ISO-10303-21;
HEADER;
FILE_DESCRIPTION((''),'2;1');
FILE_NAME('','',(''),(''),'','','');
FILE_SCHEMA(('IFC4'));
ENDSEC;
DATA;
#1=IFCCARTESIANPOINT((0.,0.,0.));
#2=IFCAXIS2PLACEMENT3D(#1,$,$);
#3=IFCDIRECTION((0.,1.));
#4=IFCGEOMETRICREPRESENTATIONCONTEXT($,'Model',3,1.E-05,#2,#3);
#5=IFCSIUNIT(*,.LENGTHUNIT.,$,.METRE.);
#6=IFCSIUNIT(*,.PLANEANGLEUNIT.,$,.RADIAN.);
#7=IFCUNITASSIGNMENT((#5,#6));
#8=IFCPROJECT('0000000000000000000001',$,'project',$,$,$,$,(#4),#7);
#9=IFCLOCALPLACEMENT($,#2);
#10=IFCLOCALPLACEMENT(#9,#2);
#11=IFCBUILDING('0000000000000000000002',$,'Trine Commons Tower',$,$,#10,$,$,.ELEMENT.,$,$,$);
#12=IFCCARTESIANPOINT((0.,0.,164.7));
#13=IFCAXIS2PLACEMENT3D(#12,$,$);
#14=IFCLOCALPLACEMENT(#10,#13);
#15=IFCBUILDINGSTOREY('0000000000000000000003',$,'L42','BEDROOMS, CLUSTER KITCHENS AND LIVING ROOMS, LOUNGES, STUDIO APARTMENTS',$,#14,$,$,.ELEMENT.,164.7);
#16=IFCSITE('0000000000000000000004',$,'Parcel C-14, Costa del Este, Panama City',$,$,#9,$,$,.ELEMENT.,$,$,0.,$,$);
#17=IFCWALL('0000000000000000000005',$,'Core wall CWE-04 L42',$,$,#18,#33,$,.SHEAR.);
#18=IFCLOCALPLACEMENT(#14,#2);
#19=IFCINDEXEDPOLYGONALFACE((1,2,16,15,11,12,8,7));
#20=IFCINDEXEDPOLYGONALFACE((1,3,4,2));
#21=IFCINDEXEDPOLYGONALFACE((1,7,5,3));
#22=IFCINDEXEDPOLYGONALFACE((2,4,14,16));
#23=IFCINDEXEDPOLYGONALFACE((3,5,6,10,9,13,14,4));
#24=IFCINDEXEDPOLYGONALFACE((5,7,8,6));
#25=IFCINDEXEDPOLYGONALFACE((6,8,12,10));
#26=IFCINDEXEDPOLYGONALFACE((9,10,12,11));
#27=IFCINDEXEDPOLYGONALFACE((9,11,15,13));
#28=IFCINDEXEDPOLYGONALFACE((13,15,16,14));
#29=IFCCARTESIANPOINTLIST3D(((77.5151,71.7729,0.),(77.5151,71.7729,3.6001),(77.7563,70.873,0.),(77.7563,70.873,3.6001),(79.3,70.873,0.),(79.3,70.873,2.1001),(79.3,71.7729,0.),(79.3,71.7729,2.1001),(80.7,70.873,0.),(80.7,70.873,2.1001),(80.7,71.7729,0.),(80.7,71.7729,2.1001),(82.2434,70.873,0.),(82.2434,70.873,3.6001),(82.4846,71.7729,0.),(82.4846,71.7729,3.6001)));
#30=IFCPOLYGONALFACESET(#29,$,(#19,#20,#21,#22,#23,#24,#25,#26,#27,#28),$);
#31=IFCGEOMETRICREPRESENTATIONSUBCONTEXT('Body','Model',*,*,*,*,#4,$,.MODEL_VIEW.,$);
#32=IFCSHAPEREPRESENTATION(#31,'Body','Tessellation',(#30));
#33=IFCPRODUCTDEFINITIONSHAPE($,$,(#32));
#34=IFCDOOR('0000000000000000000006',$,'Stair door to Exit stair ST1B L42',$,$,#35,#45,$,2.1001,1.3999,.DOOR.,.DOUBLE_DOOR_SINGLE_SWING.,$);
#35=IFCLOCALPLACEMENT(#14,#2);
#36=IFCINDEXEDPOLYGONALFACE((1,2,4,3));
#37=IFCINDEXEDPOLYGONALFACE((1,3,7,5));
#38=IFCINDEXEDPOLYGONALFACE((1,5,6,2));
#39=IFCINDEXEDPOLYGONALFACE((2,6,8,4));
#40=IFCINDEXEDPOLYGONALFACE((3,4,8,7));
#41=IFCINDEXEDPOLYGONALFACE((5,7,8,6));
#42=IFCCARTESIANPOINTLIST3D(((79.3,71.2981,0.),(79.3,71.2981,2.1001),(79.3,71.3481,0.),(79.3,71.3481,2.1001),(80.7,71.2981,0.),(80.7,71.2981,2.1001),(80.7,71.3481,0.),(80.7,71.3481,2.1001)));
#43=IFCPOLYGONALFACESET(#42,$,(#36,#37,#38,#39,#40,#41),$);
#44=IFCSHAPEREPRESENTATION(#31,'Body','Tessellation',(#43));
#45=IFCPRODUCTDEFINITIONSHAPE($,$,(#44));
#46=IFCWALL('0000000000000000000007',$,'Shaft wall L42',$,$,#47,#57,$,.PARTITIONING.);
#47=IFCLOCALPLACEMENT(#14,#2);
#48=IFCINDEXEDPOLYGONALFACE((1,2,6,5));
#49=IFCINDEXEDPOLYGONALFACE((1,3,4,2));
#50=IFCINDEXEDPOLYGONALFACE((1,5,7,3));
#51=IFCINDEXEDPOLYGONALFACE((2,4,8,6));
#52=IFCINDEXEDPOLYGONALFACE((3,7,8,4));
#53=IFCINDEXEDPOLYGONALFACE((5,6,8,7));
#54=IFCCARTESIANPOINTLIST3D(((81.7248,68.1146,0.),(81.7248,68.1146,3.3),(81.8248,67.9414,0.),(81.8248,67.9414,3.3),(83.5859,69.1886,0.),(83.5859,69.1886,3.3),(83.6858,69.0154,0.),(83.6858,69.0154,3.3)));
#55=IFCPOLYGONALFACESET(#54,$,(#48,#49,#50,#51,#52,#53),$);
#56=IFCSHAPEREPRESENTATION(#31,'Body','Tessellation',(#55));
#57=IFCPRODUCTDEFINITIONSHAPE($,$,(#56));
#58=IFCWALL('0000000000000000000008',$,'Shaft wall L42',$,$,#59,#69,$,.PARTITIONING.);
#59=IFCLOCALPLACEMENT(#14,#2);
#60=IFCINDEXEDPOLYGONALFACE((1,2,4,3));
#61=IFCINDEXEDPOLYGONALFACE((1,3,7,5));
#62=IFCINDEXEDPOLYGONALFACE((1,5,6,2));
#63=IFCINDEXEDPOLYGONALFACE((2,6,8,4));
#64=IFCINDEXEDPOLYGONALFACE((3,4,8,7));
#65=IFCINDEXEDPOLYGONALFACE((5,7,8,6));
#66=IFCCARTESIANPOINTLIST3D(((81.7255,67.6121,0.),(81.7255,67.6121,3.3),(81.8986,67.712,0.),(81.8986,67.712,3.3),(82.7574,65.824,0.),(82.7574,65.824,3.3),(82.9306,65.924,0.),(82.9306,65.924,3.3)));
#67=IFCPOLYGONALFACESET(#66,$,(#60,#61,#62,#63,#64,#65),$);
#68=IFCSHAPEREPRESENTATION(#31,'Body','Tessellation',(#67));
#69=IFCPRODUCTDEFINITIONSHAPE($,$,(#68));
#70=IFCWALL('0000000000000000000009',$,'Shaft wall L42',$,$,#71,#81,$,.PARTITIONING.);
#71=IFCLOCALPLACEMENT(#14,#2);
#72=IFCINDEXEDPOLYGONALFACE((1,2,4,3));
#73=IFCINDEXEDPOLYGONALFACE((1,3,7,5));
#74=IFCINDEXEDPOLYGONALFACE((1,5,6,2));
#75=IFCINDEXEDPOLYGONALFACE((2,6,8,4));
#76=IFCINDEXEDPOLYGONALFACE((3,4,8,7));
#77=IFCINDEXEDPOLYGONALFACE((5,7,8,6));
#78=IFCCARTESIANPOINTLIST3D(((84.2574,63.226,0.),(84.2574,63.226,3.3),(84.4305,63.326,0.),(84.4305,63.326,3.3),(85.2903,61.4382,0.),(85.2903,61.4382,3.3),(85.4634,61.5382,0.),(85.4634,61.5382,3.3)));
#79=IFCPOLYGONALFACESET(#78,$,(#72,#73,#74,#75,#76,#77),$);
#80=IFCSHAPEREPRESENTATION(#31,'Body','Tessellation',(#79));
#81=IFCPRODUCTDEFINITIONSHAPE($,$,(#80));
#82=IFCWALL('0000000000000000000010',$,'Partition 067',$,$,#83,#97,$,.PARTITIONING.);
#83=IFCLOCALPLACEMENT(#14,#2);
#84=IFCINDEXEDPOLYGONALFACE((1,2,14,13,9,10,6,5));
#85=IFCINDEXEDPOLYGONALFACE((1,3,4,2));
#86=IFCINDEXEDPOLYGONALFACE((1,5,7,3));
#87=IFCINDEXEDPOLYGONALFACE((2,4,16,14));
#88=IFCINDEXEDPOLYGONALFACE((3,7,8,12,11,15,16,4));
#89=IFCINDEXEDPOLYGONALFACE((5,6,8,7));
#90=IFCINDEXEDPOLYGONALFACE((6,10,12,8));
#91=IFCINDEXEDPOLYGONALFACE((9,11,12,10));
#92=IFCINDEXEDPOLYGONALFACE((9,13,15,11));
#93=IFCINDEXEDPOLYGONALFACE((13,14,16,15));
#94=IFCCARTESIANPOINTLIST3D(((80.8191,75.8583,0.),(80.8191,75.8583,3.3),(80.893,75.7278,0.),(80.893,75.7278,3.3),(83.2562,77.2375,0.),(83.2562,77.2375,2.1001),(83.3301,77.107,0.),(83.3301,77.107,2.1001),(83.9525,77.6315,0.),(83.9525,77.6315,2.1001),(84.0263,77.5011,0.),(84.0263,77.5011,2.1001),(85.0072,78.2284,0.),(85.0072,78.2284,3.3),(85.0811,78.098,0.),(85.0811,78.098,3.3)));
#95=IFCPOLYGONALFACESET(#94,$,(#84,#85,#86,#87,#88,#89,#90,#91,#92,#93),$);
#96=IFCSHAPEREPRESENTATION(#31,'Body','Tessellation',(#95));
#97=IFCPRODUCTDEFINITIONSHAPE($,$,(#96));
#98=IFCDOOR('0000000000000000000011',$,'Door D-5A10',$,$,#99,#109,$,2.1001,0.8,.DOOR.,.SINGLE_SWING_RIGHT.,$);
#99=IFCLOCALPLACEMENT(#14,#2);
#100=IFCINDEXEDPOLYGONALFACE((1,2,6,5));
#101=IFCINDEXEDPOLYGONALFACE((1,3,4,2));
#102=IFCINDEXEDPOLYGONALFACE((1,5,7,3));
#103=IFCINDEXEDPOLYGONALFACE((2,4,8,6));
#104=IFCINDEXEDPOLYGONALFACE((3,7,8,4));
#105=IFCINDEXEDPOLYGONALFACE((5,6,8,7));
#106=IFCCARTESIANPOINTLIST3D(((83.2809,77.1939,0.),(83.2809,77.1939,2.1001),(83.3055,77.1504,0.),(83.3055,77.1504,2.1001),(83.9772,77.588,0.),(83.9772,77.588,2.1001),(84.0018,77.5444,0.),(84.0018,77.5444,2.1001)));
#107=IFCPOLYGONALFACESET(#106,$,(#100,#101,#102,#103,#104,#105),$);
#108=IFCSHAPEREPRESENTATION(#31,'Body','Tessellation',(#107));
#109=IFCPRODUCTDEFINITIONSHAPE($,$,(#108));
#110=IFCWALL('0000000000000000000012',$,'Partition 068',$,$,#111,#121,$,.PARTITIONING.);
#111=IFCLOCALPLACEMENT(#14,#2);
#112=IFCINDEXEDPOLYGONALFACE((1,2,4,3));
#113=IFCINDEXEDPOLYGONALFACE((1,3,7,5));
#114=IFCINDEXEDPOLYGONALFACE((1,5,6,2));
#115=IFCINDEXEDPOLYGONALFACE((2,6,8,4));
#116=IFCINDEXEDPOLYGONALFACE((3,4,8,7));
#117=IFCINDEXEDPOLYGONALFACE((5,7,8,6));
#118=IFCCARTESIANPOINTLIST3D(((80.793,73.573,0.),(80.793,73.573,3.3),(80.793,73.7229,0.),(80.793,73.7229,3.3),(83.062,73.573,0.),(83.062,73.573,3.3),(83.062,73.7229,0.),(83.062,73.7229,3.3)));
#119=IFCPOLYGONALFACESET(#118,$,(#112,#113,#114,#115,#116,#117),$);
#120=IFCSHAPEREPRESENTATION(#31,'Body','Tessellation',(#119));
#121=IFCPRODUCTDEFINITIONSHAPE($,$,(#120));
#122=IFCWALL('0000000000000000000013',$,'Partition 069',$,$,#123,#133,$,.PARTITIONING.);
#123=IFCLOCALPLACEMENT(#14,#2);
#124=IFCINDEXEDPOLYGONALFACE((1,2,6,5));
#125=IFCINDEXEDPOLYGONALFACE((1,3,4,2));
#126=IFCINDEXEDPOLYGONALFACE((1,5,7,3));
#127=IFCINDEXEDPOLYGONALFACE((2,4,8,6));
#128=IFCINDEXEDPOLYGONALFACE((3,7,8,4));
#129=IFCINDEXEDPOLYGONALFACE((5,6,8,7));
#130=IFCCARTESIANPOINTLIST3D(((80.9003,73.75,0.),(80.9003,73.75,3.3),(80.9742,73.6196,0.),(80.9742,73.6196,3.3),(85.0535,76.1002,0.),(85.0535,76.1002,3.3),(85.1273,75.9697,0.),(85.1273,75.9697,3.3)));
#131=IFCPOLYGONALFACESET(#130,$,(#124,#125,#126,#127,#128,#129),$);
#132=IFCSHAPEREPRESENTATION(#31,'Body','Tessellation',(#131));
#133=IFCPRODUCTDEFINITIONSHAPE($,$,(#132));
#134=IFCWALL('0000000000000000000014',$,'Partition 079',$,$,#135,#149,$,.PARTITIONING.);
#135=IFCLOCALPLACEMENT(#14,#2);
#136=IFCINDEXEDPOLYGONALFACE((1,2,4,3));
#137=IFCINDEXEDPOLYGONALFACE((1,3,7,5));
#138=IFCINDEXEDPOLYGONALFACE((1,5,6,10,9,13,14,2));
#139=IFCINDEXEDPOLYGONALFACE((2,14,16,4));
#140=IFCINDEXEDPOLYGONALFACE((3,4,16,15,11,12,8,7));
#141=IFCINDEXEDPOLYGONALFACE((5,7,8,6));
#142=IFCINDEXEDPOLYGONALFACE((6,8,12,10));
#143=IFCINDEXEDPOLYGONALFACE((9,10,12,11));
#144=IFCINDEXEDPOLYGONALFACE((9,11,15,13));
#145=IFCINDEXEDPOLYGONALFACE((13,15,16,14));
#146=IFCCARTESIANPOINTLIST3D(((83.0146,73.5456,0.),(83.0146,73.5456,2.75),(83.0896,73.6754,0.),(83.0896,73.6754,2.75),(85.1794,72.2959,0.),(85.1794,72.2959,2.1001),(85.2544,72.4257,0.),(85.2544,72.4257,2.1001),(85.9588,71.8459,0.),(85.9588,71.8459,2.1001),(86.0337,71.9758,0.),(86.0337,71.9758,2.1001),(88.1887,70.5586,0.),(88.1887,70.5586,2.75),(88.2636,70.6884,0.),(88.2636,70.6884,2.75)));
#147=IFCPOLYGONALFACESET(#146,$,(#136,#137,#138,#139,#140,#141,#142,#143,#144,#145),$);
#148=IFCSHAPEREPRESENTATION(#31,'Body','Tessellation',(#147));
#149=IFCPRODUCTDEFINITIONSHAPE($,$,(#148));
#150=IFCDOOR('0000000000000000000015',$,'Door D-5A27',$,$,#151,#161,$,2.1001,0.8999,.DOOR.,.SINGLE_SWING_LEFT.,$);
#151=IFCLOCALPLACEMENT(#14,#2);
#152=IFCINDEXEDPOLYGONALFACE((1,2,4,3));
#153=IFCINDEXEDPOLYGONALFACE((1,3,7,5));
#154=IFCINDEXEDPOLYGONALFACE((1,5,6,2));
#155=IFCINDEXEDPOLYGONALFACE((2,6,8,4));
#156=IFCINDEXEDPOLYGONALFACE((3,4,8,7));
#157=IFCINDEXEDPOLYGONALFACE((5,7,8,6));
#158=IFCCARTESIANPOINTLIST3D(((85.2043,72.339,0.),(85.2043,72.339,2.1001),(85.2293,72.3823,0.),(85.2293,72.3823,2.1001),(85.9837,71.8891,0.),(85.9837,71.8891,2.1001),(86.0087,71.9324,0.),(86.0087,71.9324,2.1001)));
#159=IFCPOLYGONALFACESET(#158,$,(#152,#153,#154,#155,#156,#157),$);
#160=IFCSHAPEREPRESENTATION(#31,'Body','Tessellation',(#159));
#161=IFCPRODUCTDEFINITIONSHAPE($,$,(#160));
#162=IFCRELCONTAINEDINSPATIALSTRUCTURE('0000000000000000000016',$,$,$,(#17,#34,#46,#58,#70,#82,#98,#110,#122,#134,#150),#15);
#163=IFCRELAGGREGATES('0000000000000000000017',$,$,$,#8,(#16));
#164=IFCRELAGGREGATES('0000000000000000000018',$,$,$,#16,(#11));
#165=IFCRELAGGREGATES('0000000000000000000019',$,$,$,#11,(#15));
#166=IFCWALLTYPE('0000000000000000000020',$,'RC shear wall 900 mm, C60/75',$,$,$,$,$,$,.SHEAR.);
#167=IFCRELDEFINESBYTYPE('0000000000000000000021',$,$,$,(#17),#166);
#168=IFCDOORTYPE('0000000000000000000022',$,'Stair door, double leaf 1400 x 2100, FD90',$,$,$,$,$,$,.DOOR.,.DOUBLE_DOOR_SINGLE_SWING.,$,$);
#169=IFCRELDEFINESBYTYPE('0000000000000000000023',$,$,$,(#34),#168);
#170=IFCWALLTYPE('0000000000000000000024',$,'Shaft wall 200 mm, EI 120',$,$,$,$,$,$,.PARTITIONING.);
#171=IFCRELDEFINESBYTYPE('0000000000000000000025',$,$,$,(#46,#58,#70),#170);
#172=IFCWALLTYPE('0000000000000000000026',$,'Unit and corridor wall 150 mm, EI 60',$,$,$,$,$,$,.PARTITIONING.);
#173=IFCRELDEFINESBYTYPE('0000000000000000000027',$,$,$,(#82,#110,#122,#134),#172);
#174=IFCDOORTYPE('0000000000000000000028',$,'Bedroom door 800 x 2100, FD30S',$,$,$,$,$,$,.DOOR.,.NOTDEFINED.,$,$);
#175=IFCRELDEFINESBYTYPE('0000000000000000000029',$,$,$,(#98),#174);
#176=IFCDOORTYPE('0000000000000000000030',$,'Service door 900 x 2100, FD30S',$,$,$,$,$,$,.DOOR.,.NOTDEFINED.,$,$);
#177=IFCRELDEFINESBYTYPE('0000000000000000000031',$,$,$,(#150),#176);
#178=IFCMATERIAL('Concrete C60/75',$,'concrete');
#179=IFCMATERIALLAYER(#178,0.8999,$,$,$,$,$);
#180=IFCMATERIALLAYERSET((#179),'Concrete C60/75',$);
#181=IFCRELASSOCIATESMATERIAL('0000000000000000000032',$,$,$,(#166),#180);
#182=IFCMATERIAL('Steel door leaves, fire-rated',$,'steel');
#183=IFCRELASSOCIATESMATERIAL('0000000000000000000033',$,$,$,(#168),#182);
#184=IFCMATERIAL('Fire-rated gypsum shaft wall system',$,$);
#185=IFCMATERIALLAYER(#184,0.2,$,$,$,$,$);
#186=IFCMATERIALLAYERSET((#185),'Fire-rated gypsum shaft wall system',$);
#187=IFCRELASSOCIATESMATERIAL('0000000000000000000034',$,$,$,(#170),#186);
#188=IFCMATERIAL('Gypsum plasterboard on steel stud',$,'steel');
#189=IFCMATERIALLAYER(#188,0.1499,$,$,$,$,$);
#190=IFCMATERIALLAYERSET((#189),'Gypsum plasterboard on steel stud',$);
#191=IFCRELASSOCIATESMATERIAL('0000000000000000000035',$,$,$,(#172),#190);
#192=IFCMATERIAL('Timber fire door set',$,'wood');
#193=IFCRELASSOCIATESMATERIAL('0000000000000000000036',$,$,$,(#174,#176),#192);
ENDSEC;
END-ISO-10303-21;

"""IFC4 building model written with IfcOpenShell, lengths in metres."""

from ifc_helpers import new_model, si_unit, direction, frame, frame_2d, origin, place, context, subcontext, project, spatial, polyline, rectangle, outline, extrude, material, layer, layer_set, type_object, element, fill, save


model = new_model("IFC4")

# Units and contexts
model_context = context("Model", 3, precision=1e-05, world=origin(), true_north=direction((0.0, 1.0)))
body_context = subcontext(model_context, "Body", "Model", "MODEL_VIEW")
ifc_project = project(units=[si_unit("LENGTHUNIT", "METRE"), si_unit("PLANEANGLEUNIT", "RADIAN")], contexts=[model_context])

# Site, building, storey
site_placement = place(None, origin())
site = spatial("IfcSite", under=ifc_project, at=site_placement, Name="Parcel C-14, Costa del Este, Panama City", CompositionType="ELEMENT", RefElevation=0.0)
building_placement = place(site_placement, origin())
building = spatial("IfcBuilding", under=site, at=building_placement, Name="Trine Commons Tower", CompositionType="ELEMENT")
storey_placement = place(building_placement, frame((0.0, 0.0, 164.7)))
storey = spatial("IfcBuildingStorey", under=building, at=storey_placement, Name="L42", Description="BEDROOMS, CLUSTER KITCHENS AND LIVING ROOMS, LOUNGES, STUDIO APARTMENTS", CompositionType="ELEMENT", Elevation=164.7)

# Shared definitions
ifc_material_1 = material(Name="Fire-rated gypsum shaft wall system")
ifc_material_2 = material(Name="Concrete C60/75", Category="concrete")

# Wall, opening, door
ifc_layer_1 = layer(ifc_material_2, 0.8999)
ifc_layer_set_1 = layer_set([ifc_layer_1], Name="Concrete C60/75")
wall_type_1 = type_object("IfcWallType", Name="RC shear wall 900 mm, C60/75", PredefinedType="SHEAR", material=ifc_layer_set_1)
wall_1_placement = place(storey_placement, frame((82.4846, 71.323, 0.0), z_axis=(0.0, 0.0, 1.0), x_axis=(-1.0, 0.0, 0.0)))
wall_1 = element("IfcWall", 1, at=wall_1_placement, inside=storey, type_object=wall_type_1, Name="Core wall CWE-04 L42", PredefinedType="SHEAR", context=body_context, shape_type="SweptSolid", body=[
    extrude(outline(polyline([(0.0, -0.45), (4.9695, -0.45), (4.7283, 0.45), (0.2412, 0.45), (0.0, -0.45)])), origin(), (0.0, 0.0, 1.0), 3.6001),
])
opening_1_placement = place(wall_1_placement, frame((1.7847, 0.0, 0.0)))
opening_1 = element("IfcOpeningElement", 2, at=opening_1_placement, cuts=wall_1, PredefinedType="OPENING", context=body_context, shape_type="SweptSolid", body=[
    extrude(rectangle(XDim=1.3999, YDim=2.1001, at=frame_2d((0.7, 1.05))), frame((0.0, 0.46, 0.0), z_axis=(0.0, -1.0, 0.0), x_axis=(1.0, 0.0, 0.0)), (0.0, 0.0, 1.0), 0.9199),
])
ifc_material_3 = material(Name="Steel door leaves, fire-rated", Category="steel")
door_type_1 = type_object("IfcDoorType", Name="Stair door, double leaf 1400 x 2100, FD90", OperationType="DOUBLE_DOOR_SINGLE_SWING", PredefinedType="DOOR", material=ifc_material_3)
door_1_placement = place(opening_1_placement, origin())
door_1 = element("IfcDoor", 3, at=door_1_placement, inside=storey, type_object=door_type_1, Name="Stair door to Exit stair ST1B L42", OperationType="DOUBLE_DOOR_SINGLE_SWING", OverallHeight=2.1001, OverallWidth=1.3999, PredefinedType="DOOR", context=body_context, shape_type="SweptSolid", body=[
    extrude(rectangle(XDim=1.3999, YDim=2.1001, at=frame_2d((0.7, 1.05))), frame((0.0, 0.0249, 0.0), z_axis=(0.0, -1.0, 0.0), x_axis=(1.0, 0.0, 0.0)), (0.0, 0.0, 1.0), 0.05),
])
fill(opening_1, door_1)

# Walls
ifc_layer_2 = layer(ifc_material_1, 0.2)
ifc_layer_set_2 = layer_set([ifc_layer_2], Name="Fire-rated gypsum shaft wall system")
wall_type_2 = type_object("IfcWallType", Name="Shaft wall 200 mm, EI 120", PredefinedType="PARTITIONING", material=ifc_layer_set_2)
wall_2_placement = place(storey_placement, frame((81.7749, 68.0281, 0.0), z_axis=(0.0, 0.0, 1.0), x_axis=(0.866131, 0.499818, 0.0)))
element("IfcWall", 4, at=wall_2_placement, inside=storey, type_object=wall_type_2, Name="Shaft wall L42", PredefinedType="PARTITIONING", context=body_context, shape_type="SweptSolid", body=[
    extrude(rectangle(XDim=2.1487, YDim=0.2, at=frame_2d((1.0742, 0.0))), origin(), (0.0, 0.0, 1.0), 3.3),
])
wall_3_placement = place(storey_placement, frame((82.844, 65.874, 0.0), z_axis=(0.0, 0.0, 1.0), x_axis=(-0.499866, 0.866103, 0.0)))
element("IfcWall", 5, at=wall_3_placement, inside=storey, type_object=wall_type_2, Name="Shaft wall L42", PredefinedType="PARTITIONING", context=body_context, shape_type="SweptSolid", body=[
    extrude(rectangle(XDim=2.0645, YDim=0.2, at=frame_2d((1.0322, 0.0))), origin(), (0.0, 0.0, 1.0), 3.3),
])
wall_4_placement = place(storey_placement, frame((84.344, 63.2759, 0.0), z_axis=(0.0, 0.0, 1.0), x_axis=(0.500272, -0.865868, 0.0)))
element("IfcWall", 6, at=wall_4_placement, inside=storey, type_object=wall_type_2, Name="Shaft wall L42", PredefinedType="PARTITIONING", context=body_context, shape_type="SweptSolid", body=[
    extrude(rectangle(XDim=2.0647, YDim=0.2, at=frame_2d((1.0322, 0.0))), origin(), (0.0, 0.0, 1.0), 3.3),
])

# Wall, opening, door
ifc_material_4 = material(Name="Gypsum plasterboard on steel stud", Category="steel")
ifc_layer_3 = layer(ifc_material_4, 0.1499)
ifc_layer_set_3 = layer_set([ifc_layer_3], Name="Gypsum plasterboard on steel stud")
wall_type_3 = type_object("IfcWallType", Name="Unit and corridor wall 150 mm, EI 60", PredefinedType="PARTITIONING", material=ifc_layer_set_3)
wall_5_placement = place(storey_placement, frame((80.856, 75.793, 0.0), z_axis=(0.0, 0.0, 1.0), x_axis=(0.870296, 0.492529, 0.0)))
wall_5 = element("IfcWall", 7, at=wall_5_placement, inside=storey, type_object=wall_type_3, Name="Partition 067", PredefinedType="PARTITIONING", context=body_context, shape_type="SweptSolid", body=[
    extrude(rectangle(XDim=4.8123, YDim=0.1499, at=frame_2d((2.4062, 0.0))), origin(), (0.0, 0.0, 1.0), 3.3),
])
opening_2_placement = place(wall_5_placement, frame((2.8005, 0.0, 0.0)))
opening_2 = element("IfcOpeningElement", 8, at=opening_2_placement, cuts=wall_5, PredefinedType="OPENING", context=body_context, shape_type="SweptSolid", body=[
    extrude(rectangle(XDim=0.8, YDim=2.1001, at=frame_2d((0.3999, 1.05))), frame((0.0, 0.085, 0.0), z_axis=(0.0, -1.0, 0.0), x_axis=(1.0, 0.0, 0.0)), (0.0, 0.0, 1.0), 0.1699),
])
ifc_material_5 = material(Name="Timber fire door set", Category="wood")
door_type_2 = type_object("IfcDoorType", Name="Bedroom door 800 x 2100, FD30S", OperationType="NOTDEFINED", PredefinedType="DOOR", material=ifc_material_5)
door_2_placement = place(opening_2_placement, origin())
door_2 = element("IfcDoor", 9, at=door_2_placement, inside=storey, type_object=door_type_2, Name="Door D-5A10", OperationType="SINGLE_SWING_RIGHT", OverallHeight=2.1001, OverallWidth=0.8, PredefinedType="DOOR", context=body_context, shape_type="SweptSolid", body=[
    extrude(rectangle(XDim=0.8, YDim=2.1001, at=frame_2d((0.3999, 1.05))), frame((0.0, 0.0249, 0.0), z_axis=(0.0, -1.0, 0.0), x_axis=(1.0, 0.0, 0.0)), (0.0, 0.0, 1.0), 0.05),
])
fill(opening_2, door_2)

# Walls
wall_6_placement = place(storey_placement, frame((80.793, 73.6479, 0.0), z_axis=(0.0, 0.0, 1.0), x_axis=(1.0, 0.0, 0.0)))
element("IfcWall", 10, at=wall_6_placement, inside=storey, type_object=wall_type_3, Name="Partition 068", PredefinedType="PARTITIONING", context=body_context, shape_type="SweptSolid", body=[
    extrude(rectangle(XDim=2.269, YDim=0.1499, at=frame_2d((1.1345, 0.0))), origin(), (0.0, 0.0, 1.0), 3.3),
])
wall_7_placement = place(storey_placement, frame((80.9373, 73.6848, 0.0), z_axis=(0.0, 0.0, 1.0), x_axis=(0.87032, 0.492487, 0.0)))
element("IfcWall", 11, at=wall_7_placement, inside=storey, type_object=wall_type_3, Name="Partition 069", PredefinedType="PARTITIONING", context=body_context, shape_type="SweptSolid", body=[
    extrude(rectangle(XDim=4.772, YDim=0.1499, at=frame_2d((2.386, 0.0))), origin(), (0.0, 0.0, 1.0), 3.3),
])

# Wall, opening, door
wall_8_placement = place(storey_placement, frame((83.052, 73.6106, 0.0), z_axis=(0.0, 0.0, 1.0), x_axis=(0.866039, -0.499976, 0.0)))
wall_8 = element("IfcWall", 12, at=wall_8_placement, inside=storey, type_object=wall_type_3, Name="Partition 079", PredefinedType="PARTITIONING", context=body_context, shape_type="SweptSolid", body=[
    extrude(rectangle(XDim=5.9744, YDim=0.1499, at=frame_2d((2.9873, 0.0))), origin(), (0.0, 0.0, 1.0), 2.75),
])
opening_3_placement = place(wall_8_placement, frame((2.4998, 0.0, 0.0)))
opening_3 = element("IfcOpeningElement", 13, at=opening_3_placement, cuts=wall_8, PredefinedType="OPENING", context=body_context, shape_type="SweptSolid", body=[
    extrude(rectangle(XDim=0.8999, YDim=2.1001, at=frame_2d((0.45, 1.05))), frame((0.0, 0.085, 0.0), z_axis=(0.0, -1.0, 0.0), x_axis=(1.0, 0.0, 0.0)), (0.0, 0.0, 1.0), 0.1699),
])
door_type_3 = type_object("IfcDoorType", Name="Service door 900 x 2100, FD30S", OperationType="NOTDEFINED", PredefinedType="DOOR", material=ifc_material_5)
door_3_placement = place(opening_3_placement, origin())
door_3 = element("IfcDoor", 14, at=door_3_placement, inside=storey, type_object=door_type_3, Name="Door D-5A27", OperationType="SINGLE_SWING_LEFT", OverallHeight=2.1001, OverallWidth=0.8999, PredefinedType="DOOR", context=body_context, shape_type="SweptSolid", body=[
    extrude(rectangle(XDim=0.8999, YDim=2.1001, at=frame_2d((0.45, 1.05))), frame((0.0, 0.0249, 0.0), z_axis=(0.0, -1.0, 0.0), x_axis=(1.0, 0.0, 0.0)), (0.0, 0.0, 1.0), 0.05),
])
fill(opening_3, door_3)

save(model, "model.ifc")
